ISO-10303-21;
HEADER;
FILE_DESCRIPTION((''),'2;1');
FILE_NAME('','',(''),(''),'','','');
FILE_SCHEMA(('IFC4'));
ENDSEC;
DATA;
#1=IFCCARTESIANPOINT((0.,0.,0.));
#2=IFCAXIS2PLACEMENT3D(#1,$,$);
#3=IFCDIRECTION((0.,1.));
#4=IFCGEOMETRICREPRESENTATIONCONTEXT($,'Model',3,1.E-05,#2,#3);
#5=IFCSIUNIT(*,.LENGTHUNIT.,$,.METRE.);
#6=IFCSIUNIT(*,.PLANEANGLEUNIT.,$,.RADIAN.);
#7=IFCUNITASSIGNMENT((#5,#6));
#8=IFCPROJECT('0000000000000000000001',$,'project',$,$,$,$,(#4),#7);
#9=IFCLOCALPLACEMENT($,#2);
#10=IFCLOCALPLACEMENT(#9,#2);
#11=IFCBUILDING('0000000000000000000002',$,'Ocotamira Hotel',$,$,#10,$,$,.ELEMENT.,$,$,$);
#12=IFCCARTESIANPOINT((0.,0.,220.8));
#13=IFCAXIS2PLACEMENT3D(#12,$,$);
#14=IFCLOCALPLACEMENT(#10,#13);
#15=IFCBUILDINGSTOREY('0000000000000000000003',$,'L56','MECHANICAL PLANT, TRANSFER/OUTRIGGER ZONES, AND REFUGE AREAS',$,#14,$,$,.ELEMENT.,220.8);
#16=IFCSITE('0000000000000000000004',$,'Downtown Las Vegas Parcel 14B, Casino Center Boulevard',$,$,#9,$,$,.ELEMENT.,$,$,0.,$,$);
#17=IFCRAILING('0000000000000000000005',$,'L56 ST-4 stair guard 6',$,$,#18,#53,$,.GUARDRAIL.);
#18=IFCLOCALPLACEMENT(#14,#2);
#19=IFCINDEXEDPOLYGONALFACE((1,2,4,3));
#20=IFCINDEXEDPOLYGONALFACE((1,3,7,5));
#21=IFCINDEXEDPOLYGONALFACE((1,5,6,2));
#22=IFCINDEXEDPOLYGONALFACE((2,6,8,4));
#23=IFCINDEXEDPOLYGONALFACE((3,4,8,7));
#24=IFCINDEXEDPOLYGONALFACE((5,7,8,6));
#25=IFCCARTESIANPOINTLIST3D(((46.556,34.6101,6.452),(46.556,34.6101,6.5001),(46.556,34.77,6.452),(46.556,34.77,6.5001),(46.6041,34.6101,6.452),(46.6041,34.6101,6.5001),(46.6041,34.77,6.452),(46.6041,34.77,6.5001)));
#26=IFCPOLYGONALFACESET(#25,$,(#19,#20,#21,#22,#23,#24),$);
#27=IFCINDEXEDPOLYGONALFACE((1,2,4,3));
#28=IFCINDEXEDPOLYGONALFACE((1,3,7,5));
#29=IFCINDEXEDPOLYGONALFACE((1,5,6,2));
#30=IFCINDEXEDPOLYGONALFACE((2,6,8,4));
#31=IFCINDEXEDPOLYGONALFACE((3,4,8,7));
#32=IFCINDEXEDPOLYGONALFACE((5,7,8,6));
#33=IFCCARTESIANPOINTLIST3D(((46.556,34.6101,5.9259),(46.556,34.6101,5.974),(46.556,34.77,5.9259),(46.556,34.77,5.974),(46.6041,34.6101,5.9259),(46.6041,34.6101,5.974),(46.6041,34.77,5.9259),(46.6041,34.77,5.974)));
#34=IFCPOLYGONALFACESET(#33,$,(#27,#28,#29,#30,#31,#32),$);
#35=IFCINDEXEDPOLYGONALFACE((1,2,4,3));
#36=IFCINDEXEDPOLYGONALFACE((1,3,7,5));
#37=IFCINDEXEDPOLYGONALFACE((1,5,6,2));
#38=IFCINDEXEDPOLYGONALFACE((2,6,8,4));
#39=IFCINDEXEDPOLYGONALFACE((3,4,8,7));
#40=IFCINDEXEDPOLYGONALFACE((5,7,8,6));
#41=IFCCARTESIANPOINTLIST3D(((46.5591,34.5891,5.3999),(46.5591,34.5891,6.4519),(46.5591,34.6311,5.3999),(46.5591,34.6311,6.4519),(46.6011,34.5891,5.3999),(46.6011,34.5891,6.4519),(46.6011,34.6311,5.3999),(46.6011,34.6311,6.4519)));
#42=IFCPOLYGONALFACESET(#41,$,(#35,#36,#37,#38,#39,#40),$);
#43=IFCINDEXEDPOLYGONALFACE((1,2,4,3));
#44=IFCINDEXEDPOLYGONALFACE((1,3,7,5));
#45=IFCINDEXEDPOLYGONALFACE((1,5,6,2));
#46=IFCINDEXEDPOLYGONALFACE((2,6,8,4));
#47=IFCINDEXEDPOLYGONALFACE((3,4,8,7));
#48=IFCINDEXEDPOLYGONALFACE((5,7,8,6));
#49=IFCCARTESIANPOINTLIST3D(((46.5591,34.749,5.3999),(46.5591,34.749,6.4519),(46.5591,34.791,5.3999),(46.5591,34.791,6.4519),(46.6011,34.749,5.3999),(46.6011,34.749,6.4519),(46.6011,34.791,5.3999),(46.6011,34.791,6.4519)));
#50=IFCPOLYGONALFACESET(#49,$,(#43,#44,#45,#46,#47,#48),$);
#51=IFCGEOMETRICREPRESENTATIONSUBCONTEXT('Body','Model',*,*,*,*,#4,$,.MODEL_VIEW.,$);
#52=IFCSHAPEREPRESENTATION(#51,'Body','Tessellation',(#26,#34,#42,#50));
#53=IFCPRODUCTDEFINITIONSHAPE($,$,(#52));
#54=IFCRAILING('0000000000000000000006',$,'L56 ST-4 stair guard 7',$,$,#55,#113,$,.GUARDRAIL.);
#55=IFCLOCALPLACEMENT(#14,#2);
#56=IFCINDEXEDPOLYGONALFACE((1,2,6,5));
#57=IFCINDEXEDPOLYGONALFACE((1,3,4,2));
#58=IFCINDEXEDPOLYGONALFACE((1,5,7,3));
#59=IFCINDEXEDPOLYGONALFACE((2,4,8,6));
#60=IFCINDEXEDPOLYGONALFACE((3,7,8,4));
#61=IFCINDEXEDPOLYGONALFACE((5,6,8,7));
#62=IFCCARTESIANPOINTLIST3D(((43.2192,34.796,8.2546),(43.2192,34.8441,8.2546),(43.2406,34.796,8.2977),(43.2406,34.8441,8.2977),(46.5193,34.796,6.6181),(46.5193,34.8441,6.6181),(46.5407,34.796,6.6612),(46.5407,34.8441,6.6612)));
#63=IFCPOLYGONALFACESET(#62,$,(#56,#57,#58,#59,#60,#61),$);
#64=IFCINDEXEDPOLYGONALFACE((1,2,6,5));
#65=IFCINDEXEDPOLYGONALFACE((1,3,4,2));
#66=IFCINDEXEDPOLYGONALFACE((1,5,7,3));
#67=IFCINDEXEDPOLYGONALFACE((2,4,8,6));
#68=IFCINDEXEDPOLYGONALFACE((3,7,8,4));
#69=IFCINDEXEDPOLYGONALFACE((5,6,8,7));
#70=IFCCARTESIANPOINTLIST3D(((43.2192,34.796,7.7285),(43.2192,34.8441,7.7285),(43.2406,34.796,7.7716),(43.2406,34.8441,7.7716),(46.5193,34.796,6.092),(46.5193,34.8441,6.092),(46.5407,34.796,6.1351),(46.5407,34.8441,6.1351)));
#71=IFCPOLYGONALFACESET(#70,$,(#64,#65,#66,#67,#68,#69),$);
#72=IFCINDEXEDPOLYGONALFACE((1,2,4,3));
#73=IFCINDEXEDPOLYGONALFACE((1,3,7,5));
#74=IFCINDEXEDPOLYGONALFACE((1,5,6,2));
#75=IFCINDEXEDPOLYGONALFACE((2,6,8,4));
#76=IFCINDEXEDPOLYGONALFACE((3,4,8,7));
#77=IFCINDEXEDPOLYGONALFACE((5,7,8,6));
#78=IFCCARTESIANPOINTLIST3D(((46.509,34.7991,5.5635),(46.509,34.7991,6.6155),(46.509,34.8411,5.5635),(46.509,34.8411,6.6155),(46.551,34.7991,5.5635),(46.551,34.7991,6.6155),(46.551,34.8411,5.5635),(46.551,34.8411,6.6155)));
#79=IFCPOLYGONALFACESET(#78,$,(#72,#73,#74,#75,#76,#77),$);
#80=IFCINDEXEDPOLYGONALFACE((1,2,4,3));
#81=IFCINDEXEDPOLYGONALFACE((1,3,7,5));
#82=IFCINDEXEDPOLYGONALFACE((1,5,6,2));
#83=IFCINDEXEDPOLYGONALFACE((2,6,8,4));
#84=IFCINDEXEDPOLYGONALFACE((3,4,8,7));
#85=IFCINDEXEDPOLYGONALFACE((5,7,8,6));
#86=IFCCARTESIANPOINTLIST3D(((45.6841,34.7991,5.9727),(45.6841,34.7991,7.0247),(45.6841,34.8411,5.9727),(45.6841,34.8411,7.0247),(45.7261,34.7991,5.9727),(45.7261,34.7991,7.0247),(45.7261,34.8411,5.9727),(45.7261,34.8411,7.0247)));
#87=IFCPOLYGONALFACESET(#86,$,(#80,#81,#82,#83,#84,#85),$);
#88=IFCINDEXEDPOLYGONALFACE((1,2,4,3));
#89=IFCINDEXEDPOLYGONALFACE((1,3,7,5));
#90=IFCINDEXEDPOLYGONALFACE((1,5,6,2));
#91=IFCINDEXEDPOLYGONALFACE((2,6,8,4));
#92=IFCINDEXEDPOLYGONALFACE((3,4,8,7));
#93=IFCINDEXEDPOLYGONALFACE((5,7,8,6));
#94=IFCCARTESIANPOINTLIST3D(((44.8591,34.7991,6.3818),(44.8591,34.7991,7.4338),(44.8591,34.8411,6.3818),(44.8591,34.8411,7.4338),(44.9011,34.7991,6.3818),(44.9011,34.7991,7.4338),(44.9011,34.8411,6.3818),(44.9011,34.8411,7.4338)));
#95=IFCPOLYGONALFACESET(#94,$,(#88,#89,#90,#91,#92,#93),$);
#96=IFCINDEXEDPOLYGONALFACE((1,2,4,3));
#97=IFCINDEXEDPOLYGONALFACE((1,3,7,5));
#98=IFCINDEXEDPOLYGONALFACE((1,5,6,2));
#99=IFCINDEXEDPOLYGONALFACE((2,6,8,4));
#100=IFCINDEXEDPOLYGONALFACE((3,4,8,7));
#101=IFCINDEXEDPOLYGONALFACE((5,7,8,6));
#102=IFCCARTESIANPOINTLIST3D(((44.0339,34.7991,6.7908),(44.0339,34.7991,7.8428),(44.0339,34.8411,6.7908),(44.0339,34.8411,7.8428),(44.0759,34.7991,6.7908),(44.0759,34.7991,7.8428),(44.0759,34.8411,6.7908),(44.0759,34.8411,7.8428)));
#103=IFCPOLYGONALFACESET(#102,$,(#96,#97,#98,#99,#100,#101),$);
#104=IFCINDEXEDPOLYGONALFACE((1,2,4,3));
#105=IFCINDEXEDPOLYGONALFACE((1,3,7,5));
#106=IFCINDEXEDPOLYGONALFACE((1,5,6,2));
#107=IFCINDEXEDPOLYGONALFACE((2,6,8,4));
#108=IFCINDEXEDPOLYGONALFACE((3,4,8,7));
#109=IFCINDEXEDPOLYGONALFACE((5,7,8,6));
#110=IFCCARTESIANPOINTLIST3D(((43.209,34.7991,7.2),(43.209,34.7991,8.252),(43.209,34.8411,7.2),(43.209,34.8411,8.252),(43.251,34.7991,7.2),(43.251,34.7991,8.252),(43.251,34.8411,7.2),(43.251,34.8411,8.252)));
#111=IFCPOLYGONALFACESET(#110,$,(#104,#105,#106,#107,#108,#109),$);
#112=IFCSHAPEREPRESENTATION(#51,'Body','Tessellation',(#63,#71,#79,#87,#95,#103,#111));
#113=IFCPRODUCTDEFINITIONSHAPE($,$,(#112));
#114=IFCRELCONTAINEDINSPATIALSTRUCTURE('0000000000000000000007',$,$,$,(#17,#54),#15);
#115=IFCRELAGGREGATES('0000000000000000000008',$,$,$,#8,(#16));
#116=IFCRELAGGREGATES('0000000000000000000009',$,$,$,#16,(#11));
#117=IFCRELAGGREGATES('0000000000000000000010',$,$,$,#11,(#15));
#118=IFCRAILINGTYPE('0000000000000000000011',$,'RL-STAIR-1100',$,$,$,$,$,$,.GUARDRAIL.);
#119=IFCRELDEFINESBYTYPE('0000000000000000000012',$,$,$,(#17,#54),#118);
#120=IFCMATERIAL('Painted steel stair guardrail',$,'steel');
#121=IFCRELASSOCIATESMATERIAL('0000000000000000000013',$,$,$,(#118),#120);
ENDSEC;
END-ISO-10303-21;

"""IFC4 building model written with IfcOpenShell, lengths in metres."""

from ifc_helpers import new_model, si_unit, direction, frame, origin, origin_2d, place, context, subcontext, project, spatial, rectangle, extrude, material, type_object, element, save


model = new_model("IFC4")

# Units and contexts
model_context = context("Model", 3, precision=1e-05, world=origin(), true_north=direction((0.0, 1.0)))
body_context = subcontext(model_context, "Body", "Model", "MODEL_VIEW")
ifc_project = project(units=[si_unit("LENGTHUNIT", "METRE"), si_unit("PLANEANGLEUNIT", "RADIAN")], contexts=[model_context])

# Site, building, storey
site_placement = place(None, origin())
site = spatial("IfcSite", under=ifc_project, at=site_placement, Name="Downtown Las Vegas Parcel 14B, Casino Center Boulevard", CompositionType="ELEMENT", RefElevation=0.0)
building_placement = place(site_placement, origin())
building = spatial("IfcBuilding", under=site, at=building_placement, Name="Ocotamira Hotel", CompositionType="ELEMENT")
storey_placement = place(building_placement, frame((0.0, 0.0, 220.8)))
storey = spatial("IfcBuildingStorey", under=building, at=storey_placement, Name="L56", Description="MECHANICAL PLANT, TRANSFER/OUTRIGGER ZONES, AND REFUGE AREAS", CompositionType="ELEMENT", Elevation=220.8)

# Railings
ifc_material_1 = material(Name="Painted steel stair guardrail", Category="steel")
railing_type_1 = type_object("IfcRailingType", Name="RL-STAIR-1100", PredefinedType="GUARDRAIL", material=ifc_material_1)
railing_1_placement = place(storey_placement, frame((46.5801, 34.6101, 5.3999)))
element("IfcRailing", 1, at=railing_1_placement, inside=storey, type_object=railing_type_1, Name="L56 ST-4 stair guard 6", PredefinedType="GUARDRAIL", context=body_context, shape_type="SweptSolid", body=[
    extrude(rectangle(XDim=0.0481, YDim=0.0481, at=origin_2d()), frame((0.0, 0.0, 1.0762), z_axis=(0.0, 1.0, 0.0), x_axis=(-1.0, 0.0, 0.0)), (0.0, 0.0, 1.0), 0.1599),
    extrude(rectangle(XDim=0.0481, YDim=0.0481, at=origin_2d()), frame((0.0, 0.0, 0.55), z_axis=(0.0, 1.0, 0.0), x_axis=(-1.0, 0.0, 0.0)), (0.0, 0.0, 1.0), 0.1599),
    extrude(rectangle(XDim=0.042, YDim=0.042, at=origin_2d()), origin(), (0.0, 0.0, 1.0), 1.052),
    extrude(rectangle(XDim=0.042, YDim=0.042, at=origin_2d()), frame((0.0, 0.1599, 0.0)), (0.0, 0.0, 1.0), 1.052),
])
railing_2_placement = place(storey_placement, frame((46.53, 34.8201, 5.5635)))
element("IfcRailing", 2, at=railing_2_placement, inside=storey, type_object=railing_type_1, Name="L56 ST-4 stair guard 7", PredefinedType="GUARDRAIL", context=body_context, shape_type="SweptSolid", body=[
    extrude(rectangle(XDim=0.0481, YDim=0.0481, at=origin_2d()), frame((0.0, 0.0, 1.0762), z_axis=(-0.895894, 0.0, 0.444268), x_axis=(0.0, -1.0, 0.0)), (0.0, 0.0, 1.0), 3.6836),
    extrude(rectangle(XDim=0.0481, YDim=0.0481, at=origin_2d()), frame((0.0, 0.0, 0.55), z_axis=(-0.895894, 0.0, 0.444268), x_axis=(0.0, -1.0, 0.0)), (0.0, 0.0, 1.0), 3.6836),
    extrude(rectangle(XDim=0.042, YDim=0.042, at=origin_2d()), origin(), (0.0, 0.0, 1.0), 1.052),
    extrude(rectangle(XDim=0.042, YDim=0.042, at=origin_2d()), frame((-0.825, 0.0, 0.4092)), (0.0, 0.0, 1.0), 1.052),
    extrude(rectangle(XDim=0.042, YDim=0.042, at=origin_2d()), frame((-1.6499, 0.0, 0.8184)), (0.0, 0.0, 1.0), 1.052),
    extrude(rectangle(XDim=0.042, YDim=0.042, at=origin_2d()), frame((-2.4751, 0.0, 1.2273)), (0.0, 0.0, 1.0), 1.052),
    extrude(rectangle(XDim=0.042, YDim=0.042, at=origin_2d()), frame((-3.3, 0.0, 1.6365)), (0.0, 0.0, 1.0), 1.052),
])

save(model, "model.ifc")
